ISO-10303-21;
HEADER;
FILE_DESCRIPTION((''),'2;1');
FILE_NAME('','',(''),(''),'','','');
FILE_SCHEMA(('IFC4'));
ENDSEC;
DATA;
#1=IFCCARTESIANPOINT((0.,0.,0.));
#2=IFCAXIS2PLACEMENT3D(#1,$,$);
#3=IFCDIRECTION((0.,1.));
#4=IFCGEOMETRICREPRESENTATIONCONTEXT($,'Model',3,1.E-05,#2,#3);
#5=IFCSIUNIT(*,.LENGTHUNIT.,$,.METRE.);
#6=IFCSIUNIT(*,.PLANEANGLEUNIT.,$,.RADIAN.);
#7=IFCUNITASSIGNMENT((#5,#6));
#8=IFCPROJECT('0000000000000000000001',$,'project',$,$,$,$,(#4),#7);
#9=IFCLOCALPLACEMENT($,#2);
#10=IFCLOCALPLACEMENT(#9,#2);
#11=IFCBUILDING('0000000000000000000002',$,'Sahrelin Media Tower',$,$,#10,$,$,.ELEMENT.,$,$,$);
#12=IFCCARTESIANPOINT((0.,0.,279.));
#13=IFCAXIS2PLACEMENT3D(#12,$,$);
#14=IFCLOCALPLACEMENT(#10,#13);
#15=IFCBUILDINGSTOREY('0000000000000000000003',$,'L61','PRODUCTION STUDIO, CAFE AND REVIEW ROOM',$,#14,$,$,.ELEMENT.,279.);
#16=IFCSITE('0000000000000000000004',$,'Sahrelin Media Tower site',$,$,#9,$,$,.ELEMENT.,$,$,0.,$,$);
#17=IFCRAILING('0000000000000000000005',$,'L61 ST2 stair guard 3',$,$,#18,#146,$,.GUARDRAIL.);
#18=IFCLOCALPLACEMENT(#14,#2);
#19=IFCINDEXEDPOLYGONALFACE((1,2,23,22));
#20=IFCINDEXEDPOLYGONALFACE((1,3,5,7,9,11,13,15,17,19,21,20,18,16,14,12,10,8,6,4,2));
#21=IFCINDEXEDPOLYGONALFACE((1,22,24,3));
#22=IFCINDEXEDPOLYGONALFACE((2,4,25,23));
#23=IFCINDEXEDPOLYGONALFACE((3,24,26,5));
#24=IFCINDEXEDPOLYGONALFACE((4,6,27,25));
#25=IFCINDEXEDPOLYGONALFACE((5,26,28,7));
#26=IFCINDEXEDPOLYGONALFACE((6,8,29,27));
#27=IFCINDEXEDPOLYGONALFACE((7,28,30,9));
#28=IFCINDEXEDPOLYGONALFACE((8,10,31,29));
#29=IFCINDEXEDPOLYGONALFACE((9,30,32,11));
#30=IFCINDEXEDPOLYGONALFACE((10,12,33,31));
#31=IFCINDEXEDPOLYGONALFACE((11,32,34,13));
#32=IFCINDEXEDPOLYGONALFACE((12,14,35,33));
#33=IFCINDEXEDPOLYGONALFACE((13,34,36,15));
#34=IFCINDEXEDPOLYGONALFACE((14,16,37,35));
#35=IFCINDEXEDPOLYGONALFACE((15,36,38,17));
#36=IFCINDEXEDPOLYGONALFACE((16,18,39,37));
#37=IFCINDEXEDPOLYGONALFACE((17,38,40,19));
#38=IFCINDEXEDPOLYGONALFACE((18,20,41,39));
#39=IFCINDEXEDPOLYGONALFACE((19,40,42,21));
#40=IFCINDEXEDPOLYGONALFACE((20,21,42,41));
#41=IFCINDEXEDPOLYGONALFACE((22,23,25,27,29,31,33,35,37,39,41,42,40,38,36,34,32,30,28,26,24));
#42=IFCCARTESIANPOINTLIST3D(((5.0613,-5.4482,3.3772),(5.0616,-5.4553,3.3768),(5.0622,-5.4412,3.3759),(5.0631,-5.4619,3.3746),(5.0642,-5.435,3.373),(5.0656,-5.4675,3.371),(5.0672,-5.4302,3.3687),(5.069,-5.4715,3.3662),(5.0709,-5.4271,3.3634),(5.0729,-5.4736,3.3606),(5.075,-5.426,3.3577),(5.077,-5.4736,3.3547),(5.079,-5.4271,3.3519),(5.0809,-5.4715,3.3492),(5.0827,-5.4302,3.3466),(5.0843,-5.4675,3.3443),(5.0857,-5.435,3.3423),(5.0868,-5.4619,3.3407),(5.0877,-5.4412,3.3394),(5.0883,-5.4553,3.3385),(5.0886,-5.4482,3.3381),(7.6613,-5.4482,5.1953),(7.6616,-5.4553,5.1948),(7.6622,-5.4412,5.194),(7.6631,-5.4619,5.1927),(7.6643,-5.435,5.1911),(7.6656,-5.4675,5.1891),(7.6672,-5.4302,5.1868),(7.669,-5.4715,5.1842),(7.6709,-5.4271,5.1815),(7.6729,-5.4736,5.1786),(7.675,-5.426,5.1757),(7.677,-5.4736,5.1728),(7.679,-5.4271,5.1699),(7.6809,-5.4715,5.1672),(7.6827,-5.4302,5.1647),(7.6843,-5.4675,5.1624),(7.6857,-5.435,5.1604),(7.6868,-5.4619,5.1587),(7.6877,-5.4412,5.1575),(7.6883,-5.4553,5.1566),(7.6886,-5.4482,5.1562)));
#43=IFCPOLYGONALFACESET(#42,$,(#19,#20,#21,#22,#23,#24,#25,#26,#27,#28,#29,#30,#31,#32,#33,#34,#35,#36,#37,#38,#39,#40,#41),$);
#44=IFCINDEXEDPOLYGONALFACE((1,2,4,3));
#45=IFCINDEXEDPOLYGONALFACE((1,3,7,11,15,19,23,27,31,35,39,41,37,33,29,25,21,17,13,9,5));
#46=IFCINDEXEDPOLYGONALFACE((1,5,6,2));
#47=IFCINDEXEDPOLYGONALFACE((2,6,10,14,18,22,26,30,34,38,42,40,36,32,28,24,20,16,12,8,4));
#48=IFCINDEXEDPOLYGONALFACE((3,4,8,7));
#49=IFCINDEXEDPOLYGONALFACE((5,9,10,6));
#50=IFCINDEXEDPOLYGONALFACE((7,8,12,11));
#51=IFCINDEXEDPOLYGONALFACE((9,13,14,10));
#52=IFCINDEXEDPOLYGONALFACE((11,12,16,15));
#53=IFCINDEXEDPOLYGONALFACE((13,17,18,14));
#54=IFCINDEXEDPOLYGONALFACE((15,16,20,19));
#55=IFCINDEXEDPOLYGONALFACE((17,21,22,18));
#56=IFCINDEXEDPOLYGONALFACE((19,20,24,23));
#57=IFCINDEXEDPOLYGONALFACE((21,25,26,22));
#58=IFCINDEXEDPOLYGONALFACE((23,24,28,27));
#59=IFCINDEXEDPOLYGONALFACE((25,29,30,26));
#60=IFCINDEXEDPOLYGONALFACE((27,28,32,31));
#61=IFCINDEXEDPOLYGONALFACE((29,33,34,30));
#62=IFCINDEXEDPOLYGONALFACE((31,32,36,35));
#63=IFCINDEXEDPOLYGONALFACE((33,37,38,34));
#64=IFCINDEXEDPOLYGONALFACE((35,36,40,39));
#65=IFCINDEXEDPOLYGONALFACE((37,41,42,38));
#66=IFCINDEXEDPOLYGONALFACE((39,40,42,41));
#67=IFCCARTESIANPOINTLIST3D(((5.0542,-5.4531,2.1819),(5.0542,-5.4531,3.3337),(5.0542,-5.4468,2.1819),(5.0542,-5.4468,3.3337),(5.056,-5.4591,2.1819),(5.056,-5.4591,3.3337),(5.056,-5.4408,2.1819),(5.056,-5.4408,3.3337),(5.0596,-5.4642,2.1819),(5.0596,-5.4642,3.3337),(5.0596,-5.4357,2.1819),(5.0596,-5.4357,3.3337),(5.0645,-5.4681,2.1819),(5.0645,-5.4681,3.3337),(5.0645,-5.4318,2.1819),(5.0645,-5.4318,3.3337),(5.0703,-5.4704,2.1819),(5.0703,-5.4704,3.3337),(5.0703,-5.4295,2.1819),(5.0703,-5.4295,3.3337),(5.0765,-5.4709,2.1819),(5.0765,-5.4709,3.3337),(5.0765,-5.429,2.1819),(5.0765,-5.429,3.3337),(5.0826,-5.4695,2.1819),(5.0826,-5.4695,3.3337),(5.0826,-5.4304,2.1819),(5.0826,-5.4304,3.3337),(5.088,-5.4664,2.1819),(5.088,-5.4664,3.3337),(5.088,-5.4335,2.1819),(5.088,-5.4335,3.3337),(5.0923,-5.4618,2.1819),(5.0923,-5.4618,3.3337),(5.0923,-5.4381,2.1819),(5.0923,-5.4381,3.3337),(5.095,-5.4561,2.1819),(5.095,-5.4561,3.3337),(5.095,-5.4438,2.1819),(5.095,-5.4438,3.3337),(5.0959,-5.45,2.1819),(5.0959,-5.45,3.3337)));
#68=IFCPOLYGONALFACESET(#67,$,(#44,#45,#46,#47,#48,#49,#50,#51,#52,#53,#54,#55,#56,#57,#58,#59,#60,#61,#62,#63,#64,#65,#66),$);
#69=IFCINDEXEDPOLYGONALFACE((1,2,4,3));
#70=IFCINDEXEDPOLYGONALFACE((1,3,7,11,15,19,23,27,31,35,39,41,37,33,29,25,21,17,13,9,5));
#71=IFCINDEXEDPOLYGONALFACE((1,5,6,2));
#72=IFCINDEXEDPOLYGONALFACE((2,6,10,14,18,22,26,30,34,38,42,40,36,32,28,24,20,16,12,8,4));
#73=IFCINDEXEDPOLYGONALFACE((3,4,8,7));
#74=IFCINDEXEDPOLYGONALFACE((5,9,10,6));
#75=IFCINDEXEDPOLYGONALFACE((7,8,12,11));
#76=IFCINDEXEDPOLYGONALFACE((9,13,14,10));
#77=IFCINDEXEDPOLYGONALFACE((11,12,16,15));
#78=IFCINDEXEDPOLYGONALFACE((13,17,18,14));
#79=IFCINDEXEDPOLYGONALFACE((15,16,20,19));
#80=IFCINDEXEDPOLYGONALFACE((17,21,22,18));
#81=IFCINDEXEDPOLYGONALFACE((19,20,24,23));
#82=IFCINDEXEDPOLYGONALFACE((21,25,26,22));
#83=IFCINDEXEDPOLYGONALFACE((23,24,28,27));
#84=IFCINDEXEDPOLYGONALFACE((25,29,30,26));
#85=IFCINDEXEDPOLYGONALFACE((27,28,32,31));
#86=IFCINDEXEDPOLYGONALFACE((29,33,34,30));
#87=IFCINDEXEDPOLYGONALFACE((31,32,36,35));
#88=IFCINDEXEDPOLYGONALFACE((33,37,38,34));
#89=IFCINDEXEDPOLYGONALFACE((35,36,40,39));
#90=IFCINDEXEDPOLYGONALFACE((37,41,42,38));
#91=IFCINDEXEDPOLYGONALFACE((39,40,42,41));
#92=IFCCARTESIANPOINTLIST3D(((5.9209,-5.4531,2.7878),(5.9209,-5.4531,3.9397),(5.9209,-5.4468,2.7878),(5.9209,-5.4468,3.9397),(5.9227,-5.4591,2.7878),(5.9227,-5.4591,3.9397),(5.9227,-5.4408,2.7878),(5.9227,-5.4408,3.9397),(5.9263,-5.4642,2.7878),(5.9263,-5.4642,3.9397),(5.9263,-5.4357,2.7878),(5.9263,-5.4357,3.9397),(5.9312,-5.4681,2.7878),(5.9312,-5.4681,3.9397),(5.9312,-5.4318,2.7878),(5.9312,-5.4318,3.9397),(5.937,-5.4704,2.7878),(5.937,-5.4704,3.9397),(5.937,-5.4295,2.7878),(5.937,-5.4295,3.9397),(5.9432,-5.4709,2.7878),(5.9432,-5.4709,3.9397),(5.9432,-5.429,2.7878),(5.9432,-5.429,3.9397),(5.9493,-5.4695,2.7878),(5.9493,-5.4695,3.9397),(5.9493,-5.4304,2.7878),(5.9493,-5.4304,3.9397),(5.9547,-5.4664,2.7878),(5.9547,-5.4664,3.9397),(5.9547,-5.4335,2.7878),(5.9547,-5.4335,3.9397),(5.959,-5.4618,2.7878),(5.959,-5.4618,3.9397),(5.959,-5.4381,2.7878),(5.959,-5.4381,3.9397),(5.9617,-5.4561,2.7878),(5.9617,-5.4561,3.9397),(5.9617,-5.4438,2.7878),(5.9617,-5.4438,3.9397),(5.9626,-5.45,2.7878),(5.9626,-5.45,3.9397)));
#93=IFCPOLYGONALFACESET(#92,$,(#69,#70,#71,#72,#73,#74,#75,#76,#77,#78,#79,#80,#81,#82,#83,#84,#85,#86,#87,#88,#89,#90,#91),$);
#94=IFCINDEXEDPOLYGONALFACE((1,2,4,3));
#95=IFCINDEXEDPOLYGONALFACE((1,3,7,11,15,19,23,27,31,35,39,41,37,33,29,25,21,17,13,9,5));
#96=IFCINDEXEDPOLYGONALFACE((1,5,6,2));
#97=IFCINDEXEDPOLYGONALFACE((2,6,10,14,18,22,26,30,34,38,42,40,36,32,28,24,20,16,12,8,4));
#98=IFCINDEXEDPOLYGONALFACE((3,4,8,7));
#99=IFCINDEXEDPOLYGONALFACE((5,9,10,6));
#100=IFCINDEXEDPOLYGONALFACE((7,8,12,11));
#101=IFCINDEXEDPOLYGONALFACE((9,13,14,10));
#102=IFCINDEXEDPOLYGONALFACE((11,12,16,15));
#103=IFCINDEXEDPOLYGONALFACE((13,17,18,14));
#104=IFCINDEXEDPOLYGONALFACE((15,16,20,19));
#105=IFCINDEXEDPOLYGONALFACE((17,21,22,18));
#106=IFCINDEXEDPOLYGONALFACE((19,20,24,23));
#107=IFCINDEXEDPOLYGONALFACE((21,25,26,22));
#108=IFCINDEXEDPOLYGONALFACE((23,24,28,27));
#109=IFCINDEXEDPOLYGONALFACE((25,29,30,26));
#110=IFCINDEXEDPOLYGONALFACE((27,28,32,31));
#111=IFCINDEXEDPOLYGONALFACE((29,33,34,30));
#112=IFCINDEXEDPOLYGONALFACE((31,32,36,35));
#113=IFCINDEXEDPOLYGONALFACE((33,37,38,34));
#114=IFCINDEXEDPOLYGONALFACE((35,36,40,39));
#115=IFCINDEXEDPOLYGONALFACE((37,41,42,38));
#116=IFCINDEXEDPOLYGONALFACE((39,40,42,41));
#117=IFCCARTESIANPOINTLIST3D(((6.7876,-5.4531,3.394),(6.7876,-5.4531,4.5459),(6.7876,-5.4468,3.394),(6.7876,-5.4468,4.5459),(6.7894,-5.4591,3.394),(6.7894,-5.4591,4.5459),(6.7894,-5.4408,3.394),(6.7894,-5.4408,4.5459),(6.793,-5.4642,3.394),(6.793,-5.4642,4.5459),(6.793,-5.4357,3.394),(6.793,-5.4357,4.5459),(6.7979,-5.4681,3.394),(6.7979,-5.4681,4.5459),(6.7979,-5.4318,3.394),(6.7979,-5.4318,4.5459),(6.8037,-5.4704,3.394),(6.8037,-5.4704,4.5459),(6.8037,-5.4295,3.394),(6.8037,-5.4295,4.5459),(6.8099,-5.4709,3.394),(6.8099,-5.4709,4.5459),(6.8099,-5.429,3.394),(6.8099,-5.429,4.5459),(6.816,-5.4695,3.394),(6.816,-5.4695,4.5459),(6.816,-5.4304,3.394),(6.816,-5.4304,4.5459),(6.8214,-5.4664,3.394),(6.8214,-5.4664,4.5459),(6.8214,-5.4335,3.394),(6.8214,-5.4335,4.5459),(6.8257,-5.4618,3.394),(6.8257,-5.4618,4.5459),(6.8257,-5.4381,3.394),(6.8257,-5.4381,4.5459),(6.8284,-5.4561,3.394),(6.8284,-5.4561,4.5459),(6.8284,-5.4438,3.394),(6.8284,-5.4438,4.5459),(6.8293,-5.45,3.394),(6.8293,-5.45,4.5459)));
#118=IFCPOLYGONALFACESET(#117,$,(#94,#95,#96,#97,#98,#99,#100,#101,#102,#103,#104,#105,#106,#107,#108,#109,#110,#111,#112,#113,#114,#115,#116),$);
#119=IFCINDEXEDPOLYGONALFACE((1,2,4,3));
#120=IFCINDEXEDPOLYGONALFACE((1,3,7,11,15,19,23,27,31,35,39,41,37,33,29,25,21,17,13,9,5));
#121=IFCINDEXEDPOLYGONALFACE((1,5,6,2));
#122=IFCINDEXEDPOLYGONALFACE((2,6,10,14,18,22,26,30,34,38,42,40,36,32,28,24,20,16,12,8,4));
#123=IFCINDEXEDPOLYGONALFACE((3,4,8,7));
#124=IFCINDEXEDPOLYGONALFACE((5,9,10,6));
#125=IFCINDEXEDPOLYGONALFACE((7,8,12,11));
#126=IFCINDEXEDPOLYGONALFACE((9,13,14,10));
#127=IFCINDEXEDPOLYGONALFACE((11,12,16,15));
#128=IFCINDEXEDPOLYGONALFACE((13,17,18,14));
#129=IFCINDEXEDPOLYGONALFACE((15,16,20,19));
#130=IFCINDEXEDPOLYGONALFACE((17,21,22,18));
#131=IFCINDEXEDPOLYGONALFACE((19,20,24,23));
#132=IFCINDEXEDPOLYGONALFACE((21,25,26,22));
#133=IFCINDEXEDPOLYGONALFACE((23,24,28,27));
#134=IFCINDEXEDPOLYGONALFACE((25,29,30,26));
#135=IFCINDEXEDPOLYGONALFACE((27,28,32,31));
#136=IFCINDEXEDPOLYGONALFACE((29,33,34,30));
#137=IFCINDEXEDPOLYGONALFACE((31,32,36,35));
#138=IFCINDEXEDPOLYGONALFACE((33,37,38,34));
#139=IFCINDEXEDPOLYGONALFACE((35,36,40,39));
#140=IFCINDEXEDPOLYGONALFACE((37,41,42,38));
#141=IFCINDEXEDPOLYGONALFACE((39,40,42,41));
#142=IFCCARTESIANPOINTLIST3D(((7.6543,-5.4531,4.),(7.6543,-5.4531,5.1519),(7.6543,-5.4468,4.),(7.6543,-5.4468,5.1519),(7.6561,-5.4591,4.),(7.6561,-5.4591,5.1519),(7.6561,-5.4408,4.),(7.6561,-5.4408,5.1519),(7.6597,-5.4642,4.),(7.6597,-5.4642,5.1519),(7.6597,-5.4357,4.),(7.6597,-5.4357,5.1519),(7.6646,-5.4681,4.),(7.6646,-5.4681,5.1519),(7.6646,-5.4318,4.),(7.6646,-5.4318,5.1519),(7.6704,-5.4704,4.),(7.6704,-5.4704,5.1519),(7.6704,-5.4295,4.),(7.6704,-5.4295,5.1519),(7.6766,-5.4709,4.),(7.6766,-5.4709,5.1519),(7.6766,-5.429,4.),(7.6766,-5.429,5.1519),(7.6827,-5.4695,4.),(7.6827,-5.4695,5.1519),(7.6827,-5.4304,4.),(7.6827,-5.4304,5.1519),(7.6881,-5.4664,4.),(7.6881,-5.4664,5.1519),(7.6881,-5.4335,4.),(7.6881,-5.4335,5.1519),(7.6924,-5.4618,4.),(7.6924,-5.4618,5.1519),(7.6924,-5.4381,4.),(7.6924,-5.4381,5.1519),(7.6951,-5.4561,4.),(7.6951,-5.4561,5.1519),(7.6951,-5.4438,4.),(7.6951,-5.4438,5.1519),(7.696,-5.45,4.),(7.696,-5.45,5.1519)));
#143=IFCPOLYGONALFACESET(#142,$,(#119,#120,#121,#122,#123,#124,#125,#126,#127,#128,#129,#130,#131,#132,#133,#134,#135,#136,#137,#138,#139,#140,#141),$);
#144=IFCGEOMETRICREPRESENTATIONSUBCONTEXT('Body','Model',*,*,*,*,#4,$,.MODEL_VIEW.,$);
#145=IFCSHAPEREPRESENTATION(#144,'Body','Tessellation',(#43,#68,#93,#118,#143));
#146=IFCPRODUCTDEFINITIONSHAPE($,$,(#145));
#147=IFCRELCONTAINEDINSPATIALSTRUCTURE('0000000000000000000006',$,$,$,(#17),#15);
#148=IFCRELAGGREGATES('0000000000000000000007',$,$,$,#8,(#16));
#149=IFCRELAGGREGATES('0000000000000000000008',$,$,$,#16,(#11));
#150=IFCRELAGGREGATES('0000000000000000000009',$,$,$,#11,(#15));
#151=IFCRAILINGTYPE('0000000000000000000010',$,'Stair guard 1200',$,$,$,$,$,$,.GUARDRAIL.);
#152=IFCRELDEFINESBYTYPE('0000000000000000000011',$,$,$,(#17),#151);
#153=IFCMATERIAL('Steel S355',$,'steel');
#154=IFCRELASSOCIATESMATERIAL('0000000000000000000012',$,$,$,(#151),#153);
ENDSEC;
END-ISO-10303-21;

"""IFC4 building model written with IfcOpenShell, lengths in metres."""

from ifc_helpers import new_model, si_unit, direction, frame, origin, origin_2d, place, context, subcontext, project, spatial, circle, extrude, material, type_object, element, save


model = new_model("IFC4")

# Units and contexts
model_context = context("Model", 3, precision=1e-05, world=origin(), true_north=direction((0.0, 1.0)))
body_context = subcontext(model_context, "Body", "Model", "MODEL_VIEW")
ifc_project = project(units=[si_unit("LENGTHUNIT", "METRE"), si_unit("PLANEANGLEUNIT", "RADIAN")], contexts=[model_context])

# Site, building, storey
site_placement = place(None, origin())
site = spatial("IfcSite", under=ifc_project, at=site_placement, Name="Sahrelin Media Tower site", CompositionType="ELEMENT", RefElevation=0.0)
building_placement = place(site_placement, origin())
building = spatial("IfcBuilding", under=site, at=building_placement, Name="Sahrelin Media Tower", CompositionType="ELEMENT")
storey_placement = place(building_placement, frame((0.0, 0.0, 279.0)))
storey = spatial("IfcBuildingStorey", under=building, at=storey_placement, Name="L61", Description="PRODUCTION STUDIO, CAFE AND REVIEW ROOM", CompositionType="ELEMENT", Elevation=279.0)

# Shared definitions
ifc_material_1 = material(Name="Steel S355", Category="steel")

# Railing
railing_type_1 = type_object("IfcRailingType", Name="Stair guard 1200", PredefinedType="GUARDRAIL", material=ifc_material_1)
railing_1_placement = place(storey_placement, frame((5.075, -5.45, 2.1819)))
element("IfcRailing", 1, at=railing_1_placement, inside=storey, type_object=railing_type_1, Name="L61 ST2 stair guard 3", PredefinedType="GUARDRAIL", context=body_context, shape_type="SweptSolid", body=[
    extrude(circle(Radius=0.0239, at=origin_2d()), frame((0.0, 0.0, 1.1758), z_axis=(0.819521, 0.0, 0.573049), x_axis=(0.0, 1.0, 0.0)), (0.0, 0.0, 1.0), 3.1726),
    extrude(circle(Radius=0.021, at=origin_2d()), origin(), (0.0, 0.0, 1.0), 1.1519),
    extrude(circle(Radius=0.021, at=origin_2d()), frame((0.8667, 0.0, 0.606)), (0.0, 0.0, 1.0), 1.1519),
    extrude(circle(Radius=0.021, at=origin_2d()), frame((1.7334, 0.0, 1.2122)), (0.0, 0.0, 1.0), 1.1519),
    extrude(circle(Radius=0.021, at=origin_2d()), frame((2.6001, 0.0, 1.8181)), (0.0, 0.0, 1.0), 1.1519),
])

save(model, "model.ifc")
